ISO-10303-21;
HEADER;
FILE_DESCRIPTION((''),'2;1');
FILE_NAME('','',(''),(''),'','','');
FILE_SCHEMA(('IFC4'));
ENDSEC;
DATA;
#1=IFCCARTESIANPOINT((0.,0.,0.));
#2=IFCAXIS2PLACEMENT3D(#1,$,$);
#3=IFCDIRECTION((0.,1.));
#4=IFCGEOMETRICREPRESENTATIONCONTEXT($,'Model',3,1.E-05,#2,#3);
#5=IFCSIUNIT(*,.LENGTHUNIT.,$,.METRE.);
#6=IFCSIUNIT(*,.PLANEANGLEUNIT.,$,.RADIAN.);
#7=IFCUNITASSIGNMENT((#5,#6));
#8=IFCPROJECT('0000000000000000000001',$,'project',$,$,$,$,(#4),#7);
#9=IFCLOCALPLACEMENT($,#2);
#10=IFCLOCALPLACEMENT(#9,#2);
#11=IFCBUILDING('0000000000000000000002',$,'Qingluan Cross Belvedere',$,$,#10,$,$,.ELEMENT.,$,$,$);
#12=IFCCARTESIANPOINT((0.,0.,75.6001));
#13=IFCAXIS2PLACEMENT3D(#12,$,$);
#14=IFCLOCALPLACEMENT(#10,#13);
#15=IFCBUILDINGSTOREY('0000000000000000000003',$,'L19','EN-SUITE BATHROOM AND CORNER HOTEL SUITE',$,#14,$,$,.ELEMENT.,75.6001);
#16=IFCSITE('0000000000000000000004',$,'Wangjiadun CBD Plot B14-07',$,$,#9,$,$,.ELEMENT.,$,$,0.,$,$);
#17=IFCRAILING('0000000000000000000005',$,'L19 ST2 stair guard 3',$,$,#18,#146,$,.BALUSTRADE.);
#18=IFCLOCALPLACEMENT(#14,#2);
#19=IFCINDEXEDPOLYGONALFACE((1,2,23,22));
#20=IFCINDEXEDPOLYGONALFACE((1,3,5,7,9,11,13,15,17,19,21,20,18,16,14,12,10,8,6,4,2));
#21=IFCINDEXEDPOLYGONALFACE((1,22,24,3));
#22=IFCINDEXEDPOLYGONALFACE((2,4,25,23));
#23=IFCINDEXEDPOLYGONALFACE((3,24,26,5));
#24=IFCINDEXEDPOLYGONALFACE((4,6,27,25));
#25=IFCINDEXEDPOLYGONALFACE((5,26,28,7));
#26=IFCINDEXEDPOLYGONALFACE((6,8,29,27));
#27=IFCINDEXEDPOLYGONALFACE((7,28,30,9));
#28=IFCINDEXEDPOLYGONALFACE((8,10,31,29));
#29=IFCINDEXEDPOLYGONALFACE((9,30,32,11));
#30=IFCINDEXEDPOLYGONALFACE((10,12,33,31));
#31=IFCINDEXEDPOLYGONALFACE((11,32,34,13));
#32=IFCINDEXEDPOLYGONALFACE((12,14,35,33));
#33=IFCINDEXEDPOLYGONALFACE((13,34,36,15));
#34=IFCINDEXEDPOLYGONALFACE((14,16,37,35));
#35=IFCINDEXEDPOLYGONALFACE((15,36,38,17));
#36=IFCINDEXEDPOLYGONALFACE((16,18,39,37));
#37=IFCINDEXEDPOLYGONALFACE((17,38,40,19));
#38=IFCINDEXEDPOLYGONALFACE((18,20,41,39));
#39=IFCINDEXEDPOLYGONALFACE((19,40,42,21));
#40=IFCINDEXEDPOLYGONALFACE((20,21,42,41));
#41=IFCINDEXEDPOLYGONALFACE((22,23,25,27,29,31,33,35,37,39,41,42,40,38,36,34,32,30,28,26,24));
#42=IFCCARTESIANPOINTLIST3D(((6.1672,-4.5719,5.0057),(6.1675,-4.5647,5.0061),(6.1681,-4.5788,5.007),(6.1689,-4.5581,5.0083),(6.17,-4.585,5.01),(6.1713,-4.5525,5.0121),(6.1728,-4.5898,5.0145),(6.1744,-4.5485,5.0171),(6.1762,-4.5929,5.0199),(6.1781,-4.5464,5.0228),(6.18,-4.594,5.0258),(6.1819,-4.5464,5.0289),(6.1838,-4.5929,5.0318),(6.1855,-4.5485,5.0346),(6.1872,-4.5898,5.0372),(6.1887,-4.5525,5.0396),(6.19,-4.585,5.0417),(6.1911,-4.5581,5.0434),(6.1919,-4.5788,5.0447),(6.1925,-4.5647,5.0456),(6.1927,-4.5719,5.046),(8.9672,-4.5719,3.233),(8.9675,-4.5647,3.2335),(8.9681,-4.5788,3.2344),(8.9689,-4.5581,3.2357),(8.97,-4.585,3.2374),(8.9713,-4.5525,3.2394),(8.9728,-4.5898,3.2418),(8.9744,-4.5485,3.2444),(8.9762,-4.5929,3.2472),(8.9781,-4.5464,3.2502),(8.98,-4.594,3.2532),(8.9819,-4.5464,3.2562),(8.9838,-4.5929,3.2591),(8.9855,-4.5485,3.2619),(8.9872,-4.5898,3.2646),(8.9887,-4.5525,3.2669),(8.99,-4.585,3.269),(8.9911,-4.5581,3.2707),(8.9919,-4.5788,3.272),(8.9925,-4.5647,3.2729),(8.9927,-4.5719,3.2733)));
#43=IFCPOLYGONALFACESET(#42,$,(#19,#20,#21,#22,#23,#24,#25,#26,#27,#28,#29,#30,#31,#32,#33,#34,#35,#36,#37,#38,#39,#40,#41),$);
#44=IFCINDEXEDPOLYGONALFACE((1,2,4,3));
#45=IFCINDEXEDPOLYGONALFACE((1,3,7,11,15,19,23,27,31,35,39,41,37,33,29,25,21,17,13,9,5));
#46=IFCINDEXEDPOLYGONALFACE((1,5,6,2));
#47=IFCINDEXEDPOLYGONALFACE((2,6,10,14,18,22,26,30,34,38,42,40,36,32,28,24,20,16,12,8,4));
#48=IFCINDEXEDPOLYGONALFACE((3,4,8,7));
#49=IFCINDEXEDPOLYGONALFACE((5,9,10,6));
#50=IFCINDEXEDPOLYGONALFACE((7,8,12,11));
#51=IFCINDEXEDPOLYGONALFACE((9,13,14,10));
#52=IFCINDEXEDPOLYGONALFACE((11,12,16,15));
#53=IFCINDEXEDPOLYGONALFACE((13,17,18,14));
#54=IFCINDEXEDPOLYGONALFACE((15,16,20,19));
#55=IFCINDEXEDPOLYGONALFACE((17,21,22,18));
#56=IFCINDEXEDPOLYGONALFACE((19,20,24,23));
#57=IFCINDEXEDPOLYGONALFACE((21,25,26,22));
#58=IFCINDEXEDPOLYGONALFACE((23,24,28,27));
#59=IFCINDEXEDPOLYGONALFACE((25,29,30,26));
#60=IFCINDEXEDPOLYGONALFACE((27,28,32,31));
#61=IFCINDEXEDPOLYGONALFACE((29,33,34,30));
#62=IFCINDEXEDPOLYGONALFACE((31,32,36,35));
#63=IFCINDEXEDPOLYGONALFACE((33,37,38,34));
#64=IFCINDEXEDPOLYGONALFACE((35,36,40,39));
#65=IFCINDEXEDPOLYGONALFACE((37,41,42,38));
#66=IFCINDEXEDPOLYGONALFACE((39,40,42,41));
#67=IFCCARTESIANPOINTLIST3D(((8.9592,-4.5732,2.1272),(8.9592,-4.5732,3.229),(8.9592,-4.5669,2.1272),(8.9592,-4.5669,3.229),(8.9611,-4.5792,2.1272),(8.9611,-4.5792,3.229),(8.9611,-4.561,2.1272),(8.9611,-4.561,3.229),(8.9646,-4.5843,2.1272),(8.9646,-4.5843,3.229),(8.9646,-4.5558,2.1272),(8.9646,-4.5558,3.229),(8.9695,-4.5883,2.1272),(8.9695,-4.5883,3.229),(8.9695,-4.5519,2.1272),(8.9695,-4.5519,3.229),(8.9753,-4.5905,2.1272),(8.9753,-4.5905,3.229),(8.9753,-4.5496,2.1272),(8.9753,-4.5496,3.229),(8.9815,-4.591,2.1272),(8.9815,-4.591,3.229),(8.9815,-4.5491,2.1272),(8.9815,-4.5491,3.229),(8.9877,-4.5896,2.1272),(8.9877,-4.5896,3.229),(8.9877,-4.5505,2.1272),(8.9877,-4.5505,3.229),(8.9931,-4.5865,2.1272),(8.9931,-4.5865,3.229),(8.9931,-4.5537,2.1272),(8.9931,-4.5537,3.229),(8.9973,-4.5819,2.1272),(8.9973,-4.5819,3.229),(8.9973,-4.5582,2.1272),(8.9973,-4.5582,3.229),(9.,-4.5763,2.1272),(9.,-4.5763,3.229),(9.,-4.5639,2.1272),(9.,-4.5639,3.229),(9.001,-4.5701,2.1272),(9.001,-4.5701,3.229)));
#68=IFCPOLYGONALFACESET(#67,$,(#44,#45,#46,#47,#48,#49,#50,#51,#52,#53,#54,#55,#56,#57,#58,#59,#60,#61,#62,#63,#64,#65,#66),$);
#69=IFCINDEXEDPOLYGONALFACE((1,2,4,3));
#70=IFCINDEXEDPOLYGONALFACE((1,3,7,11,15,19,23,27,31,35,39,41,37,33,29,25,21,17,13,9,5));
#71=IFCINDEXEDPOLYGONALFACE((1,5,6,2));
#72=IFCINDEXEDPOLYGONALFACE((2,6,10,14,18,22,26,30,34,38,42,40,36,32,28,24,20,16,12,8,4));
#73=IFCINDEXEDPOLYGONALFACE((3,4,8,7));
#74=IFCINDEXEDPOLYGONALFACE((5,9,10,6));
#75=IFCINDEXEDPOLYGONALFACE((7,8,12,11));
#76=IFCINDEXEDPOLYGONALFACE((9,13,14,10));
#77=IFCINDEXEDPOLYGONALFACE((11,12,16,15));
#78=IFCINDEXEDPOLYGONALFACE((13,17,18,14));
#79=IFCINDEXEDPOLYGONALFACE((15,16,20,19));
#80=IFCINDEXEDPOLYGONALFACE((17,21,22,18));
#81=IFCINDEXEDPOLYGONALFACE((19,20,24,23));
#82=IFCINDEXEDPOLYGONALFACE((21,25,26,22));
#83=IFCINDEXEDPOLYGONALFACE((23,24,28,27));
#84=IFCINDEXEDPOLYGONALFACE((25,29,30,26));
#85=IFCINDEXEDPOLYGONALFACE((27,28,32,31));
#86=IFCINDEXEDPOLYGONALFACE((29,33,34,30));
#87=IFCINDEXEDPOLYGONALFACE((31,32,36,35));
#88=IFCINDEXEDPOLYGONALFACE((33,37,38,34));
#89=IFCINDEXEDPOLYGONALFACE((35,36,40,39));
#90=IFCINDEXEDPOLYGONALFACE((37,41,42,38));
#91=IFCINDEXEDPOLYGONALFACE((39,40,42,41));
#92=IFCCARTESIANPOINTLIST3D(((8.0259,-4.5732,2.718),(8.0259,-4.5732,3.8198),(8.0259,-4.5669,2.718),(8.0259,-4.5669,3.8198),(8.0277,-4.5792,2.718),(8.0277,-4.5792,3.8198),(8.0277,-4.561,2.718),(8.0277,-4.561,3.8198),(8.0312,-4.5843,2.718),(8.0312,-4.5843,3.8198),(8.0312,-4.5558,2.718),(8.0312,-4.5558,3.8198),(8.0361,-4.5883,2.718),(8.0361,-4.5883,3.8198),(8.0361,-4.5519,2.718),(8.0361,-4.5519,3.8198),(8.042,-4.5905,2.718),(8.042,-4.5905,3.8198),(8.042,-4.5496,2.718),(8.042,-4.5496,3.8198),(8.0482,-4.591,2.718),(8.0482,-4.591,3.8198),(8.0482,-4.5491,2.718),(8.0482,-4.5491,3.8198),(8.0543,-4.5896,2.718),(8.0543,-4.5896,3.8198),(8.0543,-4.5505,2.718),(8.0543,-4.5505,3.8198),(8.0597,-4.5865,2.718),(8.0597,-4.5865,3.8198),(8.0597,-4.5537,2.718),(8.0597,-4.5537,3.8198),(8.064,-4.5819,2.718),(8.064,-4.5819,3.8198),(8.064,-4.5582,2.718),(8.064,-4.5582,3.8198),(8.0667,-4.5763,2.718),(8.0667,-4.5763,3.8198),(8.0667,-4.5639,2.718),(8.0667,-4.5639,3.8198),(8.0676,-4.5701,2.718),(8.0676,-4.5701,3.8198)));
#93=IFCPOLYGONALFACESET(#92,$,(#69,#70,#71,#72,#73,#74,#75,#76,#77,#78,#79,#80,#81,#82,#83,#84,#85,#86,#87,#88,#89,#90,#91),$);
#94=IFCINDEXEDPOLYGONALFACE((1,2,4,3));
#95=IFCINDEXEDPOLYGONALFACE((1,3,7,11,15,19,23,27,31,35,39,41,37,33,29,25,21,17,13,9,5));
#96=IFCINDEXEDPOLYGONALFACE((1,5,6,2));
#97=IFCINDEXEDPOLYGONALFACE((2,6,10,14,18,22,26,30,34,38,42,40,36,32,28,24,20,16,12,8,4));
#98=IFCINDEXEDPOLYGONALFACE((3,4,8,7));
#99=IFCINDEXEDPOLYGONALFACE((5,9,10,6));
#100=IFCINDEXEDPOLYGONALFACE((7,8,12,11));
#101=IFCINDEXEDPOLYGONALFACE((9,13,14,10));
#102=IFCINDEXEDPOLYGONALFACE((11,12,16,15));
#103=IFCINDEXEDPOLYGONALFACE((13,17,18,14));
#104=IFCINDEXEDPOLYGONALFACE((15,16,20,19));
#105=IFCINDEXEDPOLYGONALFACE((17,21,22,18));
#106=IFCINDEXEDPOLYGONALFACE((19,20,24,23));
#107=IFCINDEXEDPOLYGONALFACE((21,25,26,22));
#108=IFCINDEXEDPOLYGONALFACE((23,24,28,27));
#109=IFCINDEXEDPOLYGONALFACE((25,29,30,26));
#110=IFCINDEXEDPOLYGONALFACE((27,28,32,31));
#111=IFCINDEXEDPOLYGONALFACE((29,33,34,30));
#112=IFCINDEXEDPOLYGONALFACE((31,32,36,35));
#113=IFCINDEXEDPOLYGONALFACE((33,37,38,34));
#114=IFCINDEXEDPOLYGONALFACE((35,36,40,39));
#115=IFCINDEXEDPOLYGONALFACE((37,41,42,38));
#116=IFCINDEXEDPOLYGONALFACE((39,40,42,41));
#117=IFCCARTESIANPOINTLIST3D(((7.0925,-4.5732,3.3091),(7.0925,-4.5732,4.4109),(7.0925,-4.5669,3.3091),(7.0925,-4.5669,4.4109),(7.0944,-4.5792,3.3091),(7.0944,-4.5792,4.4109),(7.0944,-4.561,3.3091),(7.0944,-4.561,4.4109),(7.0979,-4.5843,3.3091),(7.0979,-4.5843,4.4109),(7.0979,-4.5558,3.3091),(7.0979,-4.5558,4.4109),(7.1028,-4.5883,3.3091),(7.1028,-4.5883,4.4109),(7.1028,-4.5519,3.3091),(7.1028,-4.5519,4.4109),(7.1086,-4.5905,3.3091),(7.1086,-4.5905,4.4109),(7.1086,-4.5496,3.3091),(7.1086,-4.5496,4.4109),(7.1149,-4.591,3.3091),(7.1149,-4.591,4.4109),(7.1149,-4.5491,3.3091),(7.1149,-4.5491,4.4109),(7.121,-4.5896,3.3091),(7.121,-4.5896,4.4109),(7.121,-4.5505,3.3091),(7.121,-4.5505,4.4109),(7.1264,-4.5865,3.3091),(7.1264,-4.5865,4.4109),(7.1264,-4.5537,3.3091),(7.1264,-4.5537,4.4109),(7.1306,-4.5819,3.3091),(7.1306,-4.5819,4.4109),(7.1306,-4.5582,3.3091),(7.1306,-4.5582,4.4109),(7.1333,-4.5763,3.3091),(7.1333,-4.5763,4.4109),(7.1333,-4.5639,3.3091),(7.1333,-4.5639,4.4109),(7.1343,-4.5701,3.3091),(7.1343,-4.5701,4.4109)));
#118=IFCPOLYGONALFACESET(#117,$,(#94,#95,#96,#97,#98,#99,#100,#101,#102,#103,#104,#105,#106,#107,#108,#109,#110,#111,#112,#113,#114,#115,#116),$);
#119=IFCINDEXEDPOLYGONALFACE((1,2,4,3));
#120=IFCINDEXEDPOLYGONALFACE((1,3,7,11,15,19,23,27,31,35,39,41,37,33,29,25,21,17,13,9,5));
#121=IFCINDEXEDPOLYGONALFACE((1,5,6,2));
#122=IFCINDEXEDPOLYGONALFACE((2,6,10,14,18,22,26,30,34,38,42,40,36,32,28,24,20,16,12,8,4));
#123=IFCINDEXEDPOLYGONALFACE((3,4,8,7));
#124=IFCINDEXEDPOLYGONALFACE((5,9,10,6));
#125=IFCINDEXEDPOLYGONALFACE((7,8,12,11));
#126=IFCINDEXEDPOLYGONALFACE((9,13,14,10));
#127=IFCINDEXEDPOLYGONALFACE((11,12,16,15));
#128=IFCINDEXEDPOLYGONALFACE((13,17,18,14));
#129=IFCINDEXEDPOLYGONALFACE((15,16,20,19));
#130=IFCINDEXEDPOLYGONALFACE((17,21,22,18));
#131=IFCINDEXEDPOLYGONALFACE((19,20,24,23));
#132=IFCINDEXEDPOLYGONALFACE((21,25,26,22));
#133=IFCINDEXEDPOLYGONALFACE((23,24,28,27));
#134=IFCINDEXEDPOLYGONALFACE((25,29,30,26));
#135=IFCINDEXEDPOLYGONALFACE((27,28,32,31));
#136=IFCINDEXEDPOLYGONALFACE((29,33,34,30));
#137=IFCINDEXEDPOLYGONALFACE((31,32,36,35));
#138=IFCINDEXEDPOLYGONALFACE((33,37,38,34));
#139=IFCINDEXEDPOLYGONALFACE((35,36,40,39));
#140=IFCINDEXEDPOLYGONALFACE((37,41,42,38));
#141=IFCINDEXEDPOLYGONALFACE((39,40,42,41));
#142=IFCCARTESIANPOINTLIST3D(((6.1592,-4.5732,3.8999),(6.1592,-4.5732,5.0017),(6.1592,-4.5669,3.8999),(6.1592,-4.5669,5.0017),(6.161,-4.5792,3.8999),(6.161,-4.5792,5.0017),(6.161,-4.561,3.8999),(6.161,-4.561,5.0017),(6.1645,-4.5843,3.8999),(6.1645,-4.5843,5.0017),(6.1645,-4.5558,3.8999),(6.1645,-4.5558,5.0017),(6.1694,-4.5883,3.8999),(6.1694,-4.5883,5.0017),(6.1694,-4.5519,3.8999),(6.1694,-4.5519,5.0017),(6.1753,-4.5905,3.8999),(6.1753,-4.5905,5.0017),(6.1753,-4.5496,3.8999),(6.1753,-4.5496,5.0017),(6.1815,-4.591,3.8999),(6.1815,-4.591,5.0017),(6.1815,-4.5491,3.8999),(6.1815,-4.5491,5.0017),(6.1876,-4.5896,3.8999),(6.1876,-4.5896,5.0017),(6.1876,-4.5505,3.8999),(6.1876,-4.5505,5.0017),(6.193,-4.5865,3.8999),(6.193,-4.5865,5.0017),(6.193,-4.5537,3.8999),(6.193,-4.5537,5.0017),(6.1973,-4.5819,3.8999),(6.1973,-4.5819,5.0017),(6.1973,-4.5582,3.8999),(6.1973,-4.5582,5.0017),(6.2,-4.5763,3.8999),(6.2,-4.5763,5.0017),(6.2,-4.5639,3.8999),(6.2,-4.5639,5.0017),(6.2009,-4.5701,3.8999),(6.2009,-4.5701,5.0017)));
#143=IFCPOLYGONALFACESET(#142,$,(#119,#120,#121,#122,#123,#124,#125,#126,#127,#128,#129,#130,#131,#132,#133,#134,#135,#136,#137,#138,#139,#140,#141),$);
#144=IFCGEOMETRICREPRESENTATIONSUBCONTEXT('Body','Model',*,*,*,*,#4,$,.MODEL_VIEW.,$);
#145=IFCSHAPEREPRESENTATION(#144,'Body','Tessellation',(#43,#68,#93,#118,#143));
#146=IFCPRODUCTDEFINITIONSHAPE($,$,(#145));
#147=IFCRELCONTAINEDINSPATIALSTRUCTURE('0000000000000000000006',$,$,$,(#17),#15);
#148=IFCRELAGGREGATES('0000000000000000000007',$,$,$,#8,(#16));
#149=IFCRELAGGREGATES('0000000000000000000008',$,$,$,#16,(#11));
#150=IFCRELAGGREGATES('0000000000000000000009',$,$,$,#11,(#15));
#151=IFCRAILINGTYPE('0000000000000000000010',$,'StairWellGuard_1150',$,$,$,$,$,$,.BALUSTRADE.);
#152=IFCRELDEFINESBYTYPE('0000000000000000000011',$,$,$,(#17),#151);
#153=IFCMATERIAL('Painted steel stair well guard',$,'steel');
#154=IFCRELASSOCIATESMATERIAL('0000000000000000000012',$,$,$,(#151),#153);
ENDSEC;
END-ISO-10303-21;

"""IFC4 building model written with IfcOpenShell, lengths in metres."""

from ifc_helpers import new_model, si_unit, direction, frame, origin, origin_2d, place, context, subcontext, project, spatial, circle, extrude, material, type_object, element, save


model = new_model("IFC4")

# Units and contexts
model_context = context("Model", 3, precision=1e-05, world=origin(), true_north=direction((0.0, 1.0)))
body_context = subcontext(model_context, "Body", "Model", "MODEL_VIEW")
ifc_project = project(units=[si_unit("LENGTHUNIT", "METRE"), si_unit("PLANEANGLEUNIT", "RADIAN")], contexts=[model_context])

# Site, building, storey
site_placement = place(None, origin())
site = spatial("IfcSite", under=ifc_project, at=site_placement, Name="Wangjiadun CBD Plot B14-07", CompositionType="ELEMENT", RefElevation=0.0)
building_placement = place(site_placement, origin())
building = spatial("IfcBuilding", under=site, at=building_placement, Name="Qingluan Cross Belvedere", CompositionType="ELEMENT")
storey_placement = place(building_placement, frame((0.0, 0.0, 75.6001)))
storey = spatial("IfcBuildingStorey", under=building, at=storey_placement, Name="L19", Description="EN-SUITE BATHROOM AND CORNER HOTEL SUITE", CompositionType="ELEMENT", Elevation=75.6001)

# Railing
ifc_material_1 = material(Name="Painted steel stair well guard", Category="steel")
railing_type_1 = type_object("IfcRailingType", Name="StairWellGuard_1150", PredefinedType="BALUSTRADE", material=ifc_material_1)
railing_1_placement = place(storey_placement, frame((8.98, -4.5701, 2.1272)))
element("IfcRailing", 1, at=railing_1_placement, inside=storey, type_object=railing_type_1, Name="L19 ST2 stair guard 3", PredefinedType="BALUSTRADE", context=body_context, shape_type="SweptSolid", body=[
    extrude(circle(Radius=0.0239, at=origin_2d()), frame((0.0, 0.0, 1.126), z_axis=(-0.844909, 0.0, 0.53491), x_axis=(0.0, -1.0, 0.0)), (0.0, 0.0, 1.0), 3.314),
    extrude(circle(Radius=0.021, at=origin_2d()), origin(), (0.0, 0.0, 1.0), 1.1018),
    extrude(circle(Radius=0.021, at=origin_2d()), frame((-0.9333, 0.0, 0.5908)), (0.0, 0.0, 1.0), 1.1018),
    extrude(circle(Radius=0.021, at=origin_2d()), frame((-1.8667, 0.0, 1.1819)), (0.0, 0.0, 1.0), 1.1018),
    extrude(circle(Radius=0.021, at=origin_2d()), frame((-2.8, 0.0, 1.7727)), (0.0, 0.0, 1.0), 1.1018),
])

save(model, "model.ifc")
